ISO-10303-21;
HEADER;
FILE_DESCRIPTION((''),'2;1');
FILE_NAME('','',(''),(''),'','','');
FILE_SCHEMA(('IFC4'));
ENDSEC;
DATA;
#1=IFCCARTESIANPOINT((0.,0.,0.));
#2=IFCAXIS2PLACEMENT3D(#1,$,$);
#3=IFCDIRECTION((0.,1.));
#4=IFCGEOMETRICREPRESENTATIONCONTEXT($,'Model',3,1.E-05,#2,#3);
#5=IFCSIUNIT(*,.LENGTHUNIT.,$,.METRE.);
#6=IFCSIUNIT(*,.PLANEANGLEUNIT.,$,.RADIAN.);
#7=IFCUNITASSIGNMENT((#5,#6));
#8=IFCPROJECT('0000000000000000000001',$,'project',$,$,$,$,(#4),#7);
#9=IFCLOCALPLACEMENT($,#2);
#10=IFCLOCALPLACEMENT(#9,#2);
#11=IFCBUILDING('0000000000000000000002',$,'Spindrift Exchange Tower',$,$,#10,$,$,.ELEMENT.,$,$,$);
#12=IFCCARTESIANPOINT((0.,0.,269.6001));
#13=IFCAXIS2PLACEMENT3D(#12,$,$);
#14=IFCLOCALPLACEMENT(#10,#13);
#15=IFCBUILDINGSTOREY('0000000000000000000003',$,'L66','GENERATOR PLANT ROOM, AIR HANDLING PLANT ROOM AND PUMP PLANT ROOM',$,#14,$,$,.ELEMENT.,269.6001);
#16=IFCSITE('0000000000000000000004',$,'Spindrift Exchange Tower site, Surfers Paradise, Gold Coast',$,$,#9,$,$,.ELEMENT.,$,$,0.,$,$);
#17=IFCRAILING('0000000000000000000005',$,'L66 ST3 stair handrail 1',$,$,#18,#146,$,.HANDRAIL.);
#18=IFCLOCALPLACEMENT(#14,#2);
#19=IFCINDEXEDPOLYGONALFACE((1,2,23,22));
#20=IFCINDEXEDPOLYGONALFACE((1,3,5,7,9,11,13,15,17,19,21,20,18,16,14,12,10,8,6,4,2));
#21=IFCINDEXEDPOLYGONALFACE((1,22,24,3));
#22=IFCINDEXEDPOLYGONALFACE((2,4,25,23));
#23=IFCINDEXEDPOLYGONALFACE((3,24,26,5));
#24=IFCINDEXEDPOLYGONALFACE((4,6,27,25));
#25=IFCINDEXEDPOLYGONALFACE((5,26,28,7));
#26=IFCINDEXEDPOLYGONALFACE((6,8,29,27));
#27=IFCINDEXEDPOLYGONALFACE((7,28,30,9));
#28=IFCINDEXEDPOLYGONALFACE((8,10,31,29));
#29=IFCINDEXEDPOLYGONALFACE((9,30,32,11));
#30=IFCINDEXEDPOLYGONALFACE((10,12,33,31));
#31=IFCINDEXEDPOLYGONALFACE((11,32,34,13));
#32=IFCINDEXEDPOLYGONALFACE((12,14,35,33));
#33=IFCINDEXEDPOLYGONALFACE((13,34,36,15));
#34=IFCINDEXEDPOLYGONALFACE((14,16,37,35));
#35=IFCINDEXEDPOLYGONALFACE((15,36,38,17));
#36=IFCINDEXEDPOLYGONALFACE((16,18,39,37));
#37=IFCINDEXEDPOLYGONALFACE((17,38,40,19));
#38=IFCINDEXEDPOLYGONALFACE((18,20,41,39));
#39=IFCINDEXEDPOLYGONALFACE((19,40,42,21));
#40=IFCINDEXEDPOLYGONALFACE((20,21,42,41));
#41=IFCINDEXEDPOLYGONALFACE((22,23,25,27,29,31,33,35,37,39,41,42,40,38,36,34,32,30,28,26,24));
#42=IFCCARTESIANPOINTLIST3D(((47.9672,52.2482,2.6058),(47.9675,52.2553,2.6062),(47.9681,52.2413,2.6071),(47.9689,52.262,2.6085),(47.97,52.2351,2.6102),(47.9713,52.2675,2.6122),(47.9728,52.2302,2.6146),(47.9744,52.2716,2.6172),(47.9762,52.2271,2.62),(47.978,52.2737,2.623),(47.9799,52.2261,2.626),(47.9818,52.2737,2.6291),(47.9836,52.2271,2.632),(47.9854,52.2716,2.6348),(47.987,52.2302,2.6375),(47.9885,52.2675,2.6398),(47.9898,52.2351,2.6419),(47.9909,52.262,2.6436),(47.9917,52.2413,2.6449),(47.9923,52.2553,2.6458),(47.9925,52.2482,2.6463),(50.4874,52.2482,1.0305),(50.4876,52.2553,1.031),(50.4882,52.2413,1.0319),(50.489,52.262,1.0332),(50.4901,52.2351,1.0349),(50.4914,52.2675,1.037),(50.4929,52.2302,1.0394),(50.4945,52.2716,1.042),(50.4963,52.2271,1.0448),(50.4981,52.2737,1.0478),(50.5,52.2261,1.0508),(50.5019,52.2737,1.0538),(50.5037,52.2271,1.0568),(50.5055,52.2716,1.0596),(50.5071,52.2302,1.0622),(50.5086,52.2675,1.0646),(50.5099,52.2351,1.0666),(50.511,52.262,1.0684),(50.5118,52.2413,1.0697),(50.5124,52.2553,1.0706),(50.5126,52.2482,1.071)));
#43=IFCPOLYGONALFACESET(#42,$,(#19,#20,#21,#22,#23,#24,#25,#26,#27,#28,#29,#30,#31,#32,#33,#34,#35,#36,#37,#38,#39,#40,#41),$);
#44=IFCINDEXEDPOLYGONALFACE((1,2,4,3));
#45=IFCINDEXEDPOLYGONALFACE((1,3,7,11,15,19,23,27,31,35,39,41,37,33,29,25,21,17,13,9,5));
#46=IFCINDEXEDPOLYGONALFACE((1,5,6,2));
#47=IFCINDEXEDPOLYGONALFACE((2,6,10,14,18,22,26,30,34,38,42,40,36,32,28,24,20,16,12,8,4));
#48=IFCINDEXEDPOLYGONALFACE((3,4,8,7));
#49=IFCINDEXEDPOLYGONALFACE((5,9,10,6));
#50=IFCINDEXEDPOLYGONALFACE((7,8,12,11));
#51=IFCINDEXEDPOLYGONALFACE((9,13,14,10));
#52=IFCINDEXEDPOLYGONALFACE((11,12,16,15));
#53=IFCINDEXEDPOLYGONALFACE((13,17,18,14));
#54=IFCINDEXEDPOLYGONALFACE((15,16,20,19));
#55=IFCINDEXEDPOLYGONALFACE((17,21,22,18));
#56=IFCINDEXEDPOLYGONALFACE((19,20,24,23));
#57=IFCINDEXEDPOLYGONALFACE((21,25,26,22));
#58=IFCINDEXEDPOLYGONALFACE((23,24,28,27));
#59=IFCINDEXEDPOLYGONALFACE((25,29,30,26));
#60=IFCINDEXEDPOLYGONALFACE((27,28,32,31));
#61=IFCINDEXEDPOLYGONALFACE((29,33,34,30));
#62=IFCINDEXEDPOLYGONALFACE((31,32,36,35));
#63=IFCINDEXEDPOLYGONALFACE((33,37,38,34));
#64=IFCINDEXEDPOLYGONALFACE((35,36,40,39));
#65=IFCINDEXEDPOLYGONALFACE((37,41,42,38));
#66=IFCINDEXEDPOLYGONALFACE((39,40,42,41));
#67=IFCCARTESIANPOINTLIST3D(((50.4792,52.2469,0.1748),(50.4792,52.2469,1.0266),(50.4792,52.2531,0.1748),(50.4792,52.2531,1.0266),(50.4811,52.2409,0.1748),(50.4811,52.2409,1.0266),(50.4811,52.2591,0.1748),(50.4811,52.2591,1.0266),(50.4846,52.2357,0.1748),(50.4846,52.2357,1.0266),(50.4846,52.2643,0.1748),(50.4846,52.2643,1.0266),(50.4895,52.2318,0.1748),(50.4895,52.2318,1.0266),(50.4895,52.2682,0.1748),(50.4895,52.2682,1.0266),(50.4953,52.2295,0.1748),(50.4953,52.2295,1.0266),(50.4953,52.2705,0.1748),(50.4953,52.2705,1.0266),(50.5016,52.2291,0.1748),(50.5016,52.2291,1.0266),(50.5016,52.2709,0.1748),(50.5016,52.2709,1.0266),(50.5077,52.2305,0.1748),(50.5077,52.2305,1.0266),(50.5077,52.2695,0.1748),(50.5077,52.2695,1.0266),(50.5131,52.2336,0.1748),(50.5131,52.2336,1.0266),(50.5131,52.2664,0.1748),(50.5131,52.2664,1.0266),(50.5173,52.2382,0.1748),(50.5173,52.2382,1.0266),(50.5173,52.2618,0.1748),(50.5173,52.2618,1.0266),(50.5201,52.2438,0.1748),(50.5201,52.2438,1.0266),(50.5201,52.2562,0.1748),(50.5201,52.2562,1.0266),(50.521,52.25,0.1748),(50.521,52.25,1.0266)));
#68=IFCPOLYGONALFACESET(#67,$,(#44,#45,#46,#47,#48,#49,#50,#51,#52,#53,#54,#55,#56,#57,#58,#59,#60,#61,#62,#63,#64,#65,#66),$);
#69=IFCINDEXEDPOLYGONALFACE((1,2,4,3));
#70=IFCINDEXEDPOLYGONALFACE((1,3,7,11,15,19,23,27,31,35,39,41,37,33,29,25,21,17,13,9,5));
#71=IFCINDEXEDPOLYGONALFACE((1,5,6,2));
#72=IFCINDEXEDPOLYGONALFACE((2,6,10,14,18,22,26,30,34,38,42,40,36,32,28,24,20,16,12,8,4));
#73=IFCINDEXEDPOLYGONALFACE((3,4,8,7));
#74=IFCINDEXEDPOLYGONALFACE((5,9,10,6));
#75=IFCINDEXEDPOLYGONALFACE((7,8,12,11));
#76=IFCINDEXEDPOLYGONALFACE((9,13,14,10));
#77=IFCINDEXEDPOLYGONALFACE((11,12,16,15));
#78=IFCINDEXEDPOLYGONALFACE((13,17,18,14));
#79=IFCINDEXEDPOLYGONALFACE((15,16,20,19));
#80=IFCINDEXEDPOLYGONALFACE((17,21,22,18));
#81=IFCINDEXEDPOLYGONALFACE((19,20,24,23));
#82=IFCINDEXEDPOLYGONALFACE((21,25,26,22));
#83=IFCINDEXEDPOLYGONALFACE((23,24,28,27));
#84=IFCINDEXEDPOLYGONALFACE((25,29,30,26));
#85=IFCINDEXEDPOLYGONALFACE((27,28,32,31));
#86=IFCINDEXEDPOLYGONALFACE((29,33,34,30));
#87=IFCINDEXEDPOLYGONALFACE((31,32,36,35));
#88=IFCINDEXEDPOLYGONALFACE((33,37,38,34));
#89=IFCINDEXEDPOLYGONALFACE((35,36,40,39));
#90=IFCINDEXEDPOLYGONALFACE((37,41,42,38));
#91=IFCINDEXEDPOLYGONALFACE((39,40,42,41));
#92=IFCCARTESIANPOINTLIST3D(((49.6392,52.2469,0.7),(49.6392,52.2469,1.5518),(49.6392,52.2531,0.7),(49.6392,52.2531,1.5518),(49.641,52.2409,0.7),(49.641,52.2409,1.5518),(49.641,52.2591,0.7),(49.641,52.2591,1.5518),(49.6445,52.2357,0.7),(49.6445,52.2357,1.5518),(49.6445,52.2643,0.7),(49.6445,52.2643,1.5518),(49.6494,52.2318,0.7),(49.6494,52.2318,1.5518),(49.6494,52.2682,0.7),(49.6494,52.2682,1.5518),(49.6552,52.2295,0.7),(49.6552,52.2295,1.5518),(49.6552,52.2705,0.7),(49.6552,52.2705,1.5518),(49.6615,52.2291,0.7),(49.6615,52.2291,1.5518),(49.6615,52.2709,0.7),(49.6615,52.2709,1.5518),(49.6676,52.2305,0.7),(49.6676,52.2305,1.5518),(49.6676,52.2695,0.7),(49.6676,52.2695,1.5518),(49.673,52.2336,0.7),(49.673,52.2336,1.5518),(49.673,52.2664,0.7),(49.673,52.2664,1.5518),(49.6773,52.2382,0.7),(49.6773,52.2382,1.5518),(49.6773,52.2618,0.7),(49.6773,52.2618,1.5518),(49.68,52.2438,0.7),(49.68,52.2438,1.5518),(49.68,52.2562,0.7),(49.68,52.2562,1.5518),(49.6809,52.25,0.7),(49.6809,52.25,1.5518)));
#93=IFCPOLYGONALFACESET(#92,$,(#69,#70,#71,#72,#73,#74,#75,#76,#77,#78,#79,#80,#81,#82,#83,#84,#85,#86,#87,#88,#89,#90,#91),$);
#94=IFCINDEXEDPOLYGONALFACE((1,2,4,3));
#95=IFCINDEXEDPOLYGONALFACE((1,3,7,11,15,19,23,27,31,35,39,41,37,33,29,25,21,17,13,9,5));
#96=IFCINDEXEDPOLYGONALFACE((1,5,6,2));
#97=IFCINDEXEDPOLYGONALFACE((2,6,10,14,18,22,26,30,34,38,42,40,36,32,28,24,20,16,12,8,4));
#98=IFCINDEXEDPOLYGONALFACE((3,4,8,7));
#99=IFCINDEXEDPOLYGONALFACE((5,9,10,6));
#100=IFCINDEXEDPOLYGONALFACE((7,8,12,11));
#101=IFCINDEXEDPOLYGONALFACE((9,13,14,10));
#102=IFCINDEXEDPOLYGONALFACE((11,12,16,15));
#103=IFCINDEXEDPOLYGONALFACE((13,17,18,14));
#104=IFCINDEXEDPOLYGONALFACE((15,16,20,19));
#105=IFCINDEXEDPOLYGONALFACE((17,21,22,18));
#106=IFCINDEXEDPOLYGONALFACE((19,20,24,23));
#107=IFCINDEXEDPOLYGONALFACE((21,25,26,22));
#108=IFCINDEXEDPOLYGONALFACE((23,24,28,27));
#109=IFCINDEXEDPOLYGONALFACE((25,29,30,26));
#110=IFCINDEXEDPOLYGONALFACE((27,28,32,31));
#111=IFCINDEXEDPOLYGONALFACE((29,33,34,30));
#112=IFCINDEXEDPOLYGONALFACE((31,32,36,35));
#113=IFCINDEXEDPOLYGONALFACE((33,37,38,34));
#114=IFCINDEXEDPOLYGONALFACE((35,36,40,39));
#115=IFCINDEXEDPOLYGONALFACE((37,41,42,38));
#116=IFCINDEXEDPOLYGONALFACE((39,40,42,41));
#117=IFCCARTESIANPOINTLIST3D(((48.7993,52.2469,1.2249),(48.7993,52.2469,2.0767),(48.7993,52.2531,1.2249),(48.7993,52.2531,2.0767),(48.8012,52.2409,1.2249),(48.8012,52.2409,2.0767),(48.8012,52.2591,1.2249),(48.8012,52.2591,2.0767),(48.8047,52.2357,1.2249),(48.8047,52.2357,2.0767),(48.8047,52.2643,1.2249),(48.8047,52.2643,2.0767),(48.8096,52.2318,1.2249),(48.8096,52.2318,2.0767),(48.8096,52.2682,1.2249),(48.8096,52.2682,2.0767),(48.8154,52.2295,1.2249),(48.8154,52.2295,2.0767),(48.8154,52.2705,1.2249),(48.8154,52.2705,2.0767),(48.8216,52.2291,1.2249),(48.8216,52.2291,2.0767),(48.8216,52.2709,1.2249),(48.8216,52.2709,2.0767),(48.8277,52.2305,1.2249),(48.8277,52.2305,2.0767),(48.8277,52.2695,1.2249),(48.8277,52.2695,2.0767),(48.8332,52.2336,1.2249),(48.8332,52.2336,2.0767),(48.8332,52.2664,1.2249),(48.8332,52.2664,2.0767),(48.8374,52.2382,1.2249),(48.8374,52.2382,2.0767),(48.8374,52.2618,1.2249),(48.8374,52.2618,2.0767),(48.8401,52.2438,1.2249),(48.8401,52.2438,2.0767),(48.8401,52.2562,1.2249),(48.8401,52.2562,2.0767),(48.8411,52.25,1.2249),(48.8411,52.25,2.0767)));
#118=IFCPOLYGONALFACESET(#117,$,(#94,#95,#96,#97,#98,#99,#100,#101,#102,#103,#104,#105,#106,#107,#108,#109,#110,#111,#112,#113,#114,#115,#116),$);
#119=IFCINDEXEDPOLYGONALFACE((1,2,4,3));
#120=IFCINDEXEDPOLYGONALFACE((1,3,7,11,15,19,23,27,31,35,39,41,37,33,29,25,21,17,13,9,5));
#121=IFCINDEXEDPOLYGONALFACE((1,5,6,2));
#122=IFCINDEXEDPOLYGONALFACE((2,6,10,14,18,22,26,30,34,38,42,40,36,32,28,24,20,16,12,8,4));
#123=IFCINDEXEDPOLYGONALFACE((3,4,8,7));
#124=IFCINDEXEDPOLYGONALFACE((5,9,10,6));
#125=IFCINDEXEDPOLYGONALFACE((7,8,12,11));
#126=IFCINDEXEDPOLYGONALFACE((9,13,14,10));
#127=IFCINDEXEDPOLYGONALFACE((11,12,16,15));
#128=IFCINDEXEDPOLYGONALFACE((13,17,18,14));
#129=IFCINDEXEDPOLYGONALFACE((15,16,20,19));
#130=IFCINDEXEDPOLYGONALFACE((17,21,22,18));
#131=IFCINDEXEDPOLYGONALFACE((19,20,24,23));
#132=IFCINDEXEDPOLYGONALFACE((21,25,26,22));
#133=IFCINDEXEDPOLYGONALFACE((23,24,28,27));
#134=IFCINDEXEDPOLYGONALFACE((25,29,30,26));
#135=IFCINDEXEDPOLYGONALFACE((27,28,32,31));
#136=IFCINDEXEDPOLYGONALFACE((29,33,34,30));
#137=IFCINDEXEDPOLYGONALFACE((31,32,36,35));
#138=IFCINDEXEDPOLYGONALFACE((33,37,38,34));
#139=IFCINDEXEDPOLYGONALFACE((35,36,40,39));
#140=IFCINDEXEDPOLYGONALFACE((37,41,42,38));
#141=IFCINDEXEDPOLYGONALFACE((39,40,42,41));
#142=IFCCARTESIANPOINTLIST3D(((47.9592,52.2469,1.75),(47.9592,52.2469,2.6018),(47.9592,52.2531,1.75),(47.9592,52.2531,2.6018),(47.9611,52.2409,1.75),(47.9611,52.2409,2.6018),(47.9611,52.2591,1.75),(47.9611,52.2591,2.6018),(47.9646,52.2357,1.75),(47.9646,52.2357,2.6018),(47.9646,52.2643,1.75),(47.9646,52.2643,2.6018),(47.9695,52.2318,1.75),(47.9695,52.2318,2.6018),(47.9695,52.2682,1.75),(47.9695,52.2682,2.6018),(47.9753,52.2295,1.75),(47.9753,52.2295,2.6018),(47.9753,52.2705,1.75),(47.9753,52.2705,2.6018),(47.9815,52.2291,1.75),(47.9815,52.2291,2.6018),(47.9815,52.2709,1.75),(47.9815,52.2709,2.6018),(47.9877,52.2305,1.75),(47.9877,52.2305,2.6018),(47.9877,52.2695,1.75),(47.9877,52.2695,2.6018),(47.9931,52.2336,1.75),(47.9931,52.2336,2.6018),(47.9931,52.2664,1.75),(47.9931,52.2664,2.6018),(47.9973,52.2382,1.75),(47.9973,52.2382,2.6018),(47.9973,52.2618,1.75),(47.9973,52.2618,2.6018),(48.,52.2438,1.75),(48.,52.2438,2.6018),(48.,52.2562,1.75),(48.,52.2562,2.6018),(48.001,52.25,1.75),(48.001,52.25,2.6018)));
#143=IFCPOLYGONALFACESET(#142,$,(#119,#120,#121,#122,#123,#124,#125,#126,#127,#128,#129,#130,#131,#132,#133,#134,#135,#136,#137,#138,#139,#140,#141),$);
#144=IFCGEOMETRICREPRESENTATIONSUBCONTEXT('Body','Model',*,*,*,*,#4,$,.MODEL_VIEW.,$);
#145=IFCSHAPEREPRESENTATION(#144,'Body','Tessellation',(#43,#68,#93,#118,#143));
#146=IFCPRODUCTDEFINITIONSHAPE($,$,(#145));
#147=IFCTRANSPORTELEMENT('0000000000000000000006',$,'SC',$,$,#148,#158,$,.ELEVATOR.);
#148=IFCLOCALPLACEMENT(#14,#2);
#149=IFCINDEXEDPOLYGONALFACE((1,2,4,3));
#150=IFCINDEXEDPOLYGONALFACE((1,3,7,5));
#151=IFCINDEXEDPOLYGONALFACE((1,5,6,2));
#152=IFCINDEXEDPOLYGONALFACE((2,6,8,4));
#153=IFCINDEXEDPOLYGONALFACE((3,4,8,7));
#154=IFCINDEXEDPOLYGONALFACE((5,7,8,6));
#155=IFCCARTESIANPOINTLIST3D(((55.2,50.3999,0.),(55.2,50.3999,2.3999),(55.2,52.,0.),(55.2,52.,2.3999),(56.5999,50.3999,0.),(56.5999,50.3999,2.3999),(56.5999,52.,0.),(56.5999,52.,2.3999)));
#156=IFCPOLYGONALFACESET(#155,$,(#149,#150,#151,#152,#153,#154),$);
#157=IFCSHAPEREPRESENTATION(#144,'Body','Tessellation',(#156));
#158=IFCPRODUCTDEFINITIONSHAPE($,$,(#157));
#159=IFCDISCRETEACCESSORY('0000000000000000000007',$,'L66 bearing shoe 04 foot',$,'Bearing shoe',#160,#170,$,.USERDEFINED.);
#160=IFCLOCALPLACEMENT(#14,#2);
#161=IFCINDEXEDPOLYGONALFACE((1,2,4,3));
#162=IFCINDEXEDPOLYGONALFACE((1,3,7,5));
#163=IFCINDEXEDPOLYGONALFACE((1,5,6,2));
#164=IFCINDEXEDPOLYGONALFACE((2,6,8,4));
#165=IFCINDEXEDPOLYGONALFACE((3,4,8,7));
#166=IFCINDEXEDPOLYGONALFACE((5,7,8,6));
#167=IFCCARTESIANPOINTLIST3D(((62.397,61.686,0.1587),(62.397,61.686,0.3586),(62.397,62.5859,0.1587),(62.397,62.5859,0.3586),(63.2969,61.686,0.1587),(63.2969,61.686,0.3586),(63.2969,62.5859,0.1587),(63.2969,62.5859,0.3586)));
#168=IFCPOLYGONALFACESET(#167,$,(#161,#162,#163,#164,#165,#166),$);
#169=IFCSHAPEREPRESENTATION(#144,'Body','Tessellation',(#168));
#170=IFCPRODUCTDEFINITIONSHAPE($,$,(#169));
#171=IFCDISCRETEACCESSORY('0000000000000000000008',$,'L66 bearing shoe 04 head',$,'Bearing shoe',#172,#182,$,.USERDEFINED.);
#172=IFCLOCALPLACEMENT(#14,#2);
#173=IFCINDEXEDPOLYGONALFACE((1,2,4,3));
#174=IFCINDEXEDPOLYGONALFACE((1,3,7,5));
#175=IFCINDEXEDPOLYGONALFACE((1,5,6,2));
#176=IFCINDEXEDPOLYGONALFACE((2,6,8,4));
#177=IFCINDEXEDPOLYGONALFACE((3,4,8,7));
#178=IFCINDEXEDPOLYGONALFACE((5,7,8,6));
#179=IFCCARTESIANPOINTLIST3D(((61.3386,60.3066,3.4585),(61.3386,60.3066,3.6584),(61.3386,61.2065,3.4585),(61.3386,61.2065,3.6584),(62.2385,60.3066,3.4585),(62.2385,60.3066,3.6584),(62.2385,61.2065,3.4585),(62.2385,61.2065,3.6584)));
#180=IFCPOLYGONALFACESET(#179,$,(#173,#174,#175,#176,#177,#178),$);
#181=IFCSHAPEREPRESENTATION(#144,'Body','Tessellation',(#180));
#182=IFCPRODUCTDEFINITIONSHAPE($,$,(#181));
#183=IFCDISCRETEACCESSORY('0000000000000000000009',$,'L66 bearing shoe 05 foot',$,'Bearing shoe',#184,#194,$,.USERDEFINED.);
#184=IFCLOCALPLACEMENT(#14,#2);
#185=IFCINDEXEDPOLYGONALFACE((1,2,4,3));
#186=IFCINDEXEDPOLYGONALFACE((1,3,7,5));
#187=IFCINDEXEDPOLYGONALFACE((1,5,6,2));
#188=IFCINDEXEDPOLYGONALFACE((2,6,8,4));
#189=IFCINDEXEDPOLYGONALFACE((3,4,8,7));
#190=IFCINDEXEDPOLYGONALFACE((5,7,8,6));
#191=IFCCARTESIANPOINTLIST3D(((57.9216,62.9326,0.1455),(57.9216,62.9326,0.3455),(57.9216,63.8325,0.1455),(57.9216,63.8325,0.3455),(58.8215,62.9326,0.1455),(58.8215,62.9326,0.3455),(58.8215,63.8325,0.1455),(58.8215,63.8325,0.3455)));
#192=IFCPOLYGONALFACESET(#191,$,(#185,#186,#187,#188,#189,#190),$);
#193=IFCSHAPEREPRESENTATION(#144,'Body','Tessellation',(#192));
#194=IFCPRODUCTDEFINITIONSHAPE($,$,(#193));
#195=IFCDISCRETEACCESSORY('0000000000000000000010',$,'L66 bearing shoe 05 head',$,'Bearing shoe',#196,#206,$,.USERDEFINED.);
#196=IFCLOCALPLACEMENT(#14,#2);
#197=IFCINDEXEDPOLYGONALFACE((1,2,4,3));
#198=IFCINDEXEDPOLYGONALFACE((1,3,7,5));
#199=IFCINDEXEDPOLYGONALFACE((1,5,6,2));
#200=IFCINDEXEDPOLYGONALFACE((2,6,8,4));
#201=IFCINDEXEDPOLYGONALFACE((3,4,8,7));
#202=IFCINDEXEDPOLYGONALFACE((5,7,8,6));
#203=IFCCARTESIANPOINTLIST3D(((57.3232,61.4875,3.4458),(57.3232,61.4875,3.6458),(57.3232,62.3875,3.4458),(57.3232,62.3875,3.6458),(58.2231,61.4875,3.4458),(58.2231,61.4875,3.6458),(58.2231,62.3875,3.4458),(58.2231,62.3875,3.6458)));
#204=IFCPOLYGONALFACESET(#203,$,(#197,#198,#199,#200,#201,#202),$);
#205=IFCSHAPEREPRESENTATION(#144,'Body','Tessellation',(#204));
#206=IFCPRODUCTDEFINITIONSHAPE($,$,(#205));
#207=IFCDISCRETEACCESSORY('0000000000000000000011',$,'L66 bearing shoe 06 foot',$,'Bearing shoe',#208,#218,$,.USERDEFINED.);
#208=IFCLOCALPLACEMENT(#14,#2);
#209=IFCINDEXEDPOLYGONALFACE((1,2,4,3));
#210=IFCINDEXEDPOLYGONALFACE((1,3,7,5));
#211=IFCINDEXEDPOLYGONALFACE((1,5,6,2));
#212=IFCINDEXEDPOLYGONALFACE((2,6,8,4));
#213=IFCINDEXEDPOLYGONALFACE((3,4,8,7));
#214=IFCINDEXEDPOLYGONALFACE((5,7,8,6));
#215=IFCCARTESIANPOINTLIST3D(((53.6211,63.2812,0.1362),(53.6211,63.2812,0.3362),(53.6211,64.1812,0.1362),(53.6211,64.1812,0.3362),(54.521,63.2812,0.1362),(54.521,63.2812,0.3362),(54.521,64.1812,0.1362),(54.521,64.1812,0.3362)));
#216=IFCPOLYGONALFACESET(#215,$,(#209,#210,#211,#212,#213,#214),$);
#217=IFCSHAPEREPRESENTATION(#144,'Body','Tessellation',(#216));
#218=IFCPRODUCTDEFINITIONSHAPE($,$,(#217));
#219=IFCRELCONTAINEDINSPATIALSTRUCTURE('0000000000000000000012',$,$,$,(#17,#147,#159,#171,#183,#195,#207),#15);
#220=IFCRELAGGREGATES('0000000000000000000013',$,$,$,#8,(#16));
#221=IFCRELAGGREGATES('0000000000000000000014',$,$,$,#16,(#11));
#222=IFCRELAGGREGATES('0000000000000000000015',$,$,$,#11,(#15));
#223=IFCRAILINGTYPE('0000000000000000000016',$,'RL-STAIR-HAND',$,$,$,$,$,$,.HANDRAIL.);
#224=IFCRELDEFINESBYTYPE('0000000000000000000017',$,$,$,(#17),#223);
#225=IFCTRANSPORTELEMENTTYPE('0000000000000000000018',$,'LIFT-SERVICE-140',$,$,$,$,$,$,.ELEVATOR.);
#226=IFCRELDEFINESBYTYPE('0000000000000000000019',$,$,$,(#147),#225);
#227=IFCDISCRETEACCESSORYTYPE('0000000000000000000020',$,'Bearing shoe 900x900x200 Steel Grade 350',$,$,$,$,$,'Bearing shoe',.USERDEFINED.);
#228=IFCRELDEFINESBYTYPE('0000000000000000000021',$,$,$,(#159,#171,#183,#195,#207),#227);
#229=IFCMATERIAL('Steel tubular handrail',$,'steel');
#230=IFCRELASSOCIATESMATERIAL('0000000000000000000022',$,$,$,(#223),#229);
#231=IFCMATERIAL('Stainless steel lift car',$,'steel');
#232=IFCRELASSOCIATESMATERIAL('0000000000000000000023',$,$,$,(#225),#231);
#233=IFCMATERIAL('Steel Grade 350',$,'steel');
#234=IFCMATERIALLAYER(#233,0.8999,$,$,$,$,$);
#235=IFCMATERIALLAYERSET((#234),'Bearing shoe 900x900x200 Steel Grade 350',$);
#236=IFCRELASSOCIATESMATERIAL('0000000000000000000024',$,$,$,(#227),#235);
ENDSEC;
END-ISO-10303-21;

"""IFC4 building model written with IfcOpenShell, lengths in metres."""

from ifc_helpers import new_model, si_unit, direction, frame, origin, origin_2d, place, context, subcontext, project, spatial, rectangle, circle, extrude, source, transform, mapped, material, layer, layer_set, type_object, element, save


model = new_model("IFC4")

# Units and contexts
model_context = context("Model", 3, precision=1e-05, world=origin(), true_north=direction((0.0, 1.0)))
body_context = subcontext(model_context, "Body", "Model", "MODEL_VIEW")
ifc_project = project(units=[si_unit("LENGTHUNIT", "METRE"), si_unit("PLANEANGLEUNIT", "RADIAN")], contexts=[model_context])

# Site, building, storey
site_placement = place(None, origin())
site = spatial("IfcSite", under=ifc_project, at=site_placement, Name="Spindrift Exchange Tower site, Surfers Paradise, Gold Coast", CompositionType="ELEMENT", RefElevation=0.0)
building_placement = place(site_placement, origin())
building = spatial("IfcBuilding", under=site, at=building_placement, Name="Spindrift Exchange Tower", CompositionType="ELEMENT")
storey_placement = place(building_placement, frame((0.0, 0.0, 269.6001)))
storey = spatial("IfcBuildingStorey", under=building, at=storey_placement, Name="L66", Description="GENERATOR PLANT ROOM, AIR HANDLING PLANT ROOM AND PUMP PLANT ROOM", CompositionType="ELEMENT", Elevation=269.6001)

# Railing
ifc_material_1 = material(Name="Steel tubular handrail", Category="steel")
railing_type_1 = type_object("IfcRailingType", Name="RL-STAIR-HAND", PredefinedType="HANDRAIL", material=ifc_material_1)
railing_1_placement = place(storey_placement, frame((50.5, 52.25, 0.1748)))
element("IfcRailing", 1, at=railing_1_placement, inside=storey, type_object=railing_type_1, Name="L66 ST3 stair handrail 1", PredefinedType="HANDRAIL", context=body_context, shape_type="SweptSolid", body=[
    extrude(circle(Radius=0.0239, at=origin_2d()), frame((0.0, 0.0, 0.876), z_axis=(-0.847971, 0.0, 0.530043), x_axis=(0.0, -1.0, 0.0)), (0.0, 0.0, 1.0), 2.9719),
    extrude(circle(Radius=0.021, at=origin_2d()), origin(), (0.0, 0.0, 1.0), 0.8518),
    extrude(circle(Radius=0.021, at=origin_2d()), frame((-0.8401, 0.0, 0.5251)), (0.0, 0.0, 1.0), 0.8518),
    extrude(circle(Radius=0.021, at=origin_2d()), frame((-1.6799, 0.0, 1.05)), (0.0, 0.0, 1.0), 0.8518),
    extrude(circle(Radius=0.021, at=origin_2d()), frame((-2.52, 0.0, 1.5752)), (0.0, 0.0, 1.0), 0.8518),
])

# Transport element
ifc_material_2 = material(Name="Stainless steel lift car", Category="steel")
transport_element_type = type_object("IfcTransportElementType", Name="LIFT-SERVICE-140", PredefinedType="ELEVATOR", material=ifc_material_2)
shared_shape_1 = source(origin(), body_context, "Body", "SweptSolid", [
    extrude(rectangle(XDim=1.3999, YDim=1.6001, at=origin_2d()), origin(), (0.0, 0.0, 1.0), 2.3999),
])
transport_element_placement = place(storey_placement, frame((55.8999, 51.2, 0.0), z_axis=(0.0, 0.0, 1.0), x_axis=(1.0, 0.0, 0.0)))
element("IfcTransportElement", 2, at=transport_element_placement, inside=storey, type_object=transport_element_type, Name="SC", PredefinedType="ELEVATOR", context=body_context, shape_type="MappedRepresentation", body=[
    mapped(shared_shape_1, transform((0.0, 0.0, 0.0), scale=1.0)),
])

# Discrete accessories
ifc_material_3 = material(Name="Steel Grade 350", Category="steel")
ifc_layer_1 = layer(ifc_material_3, 0.8999)
ifc_layer_set_1 = layer_set([ifc_layer_1], Name="Bearing shoe 900x900x200 Steel Grade 350")
discrete_accessory_type = type_object("IfcDiscreteAccessoryType", Name="Bearing shoe 900x900x200 Steel Grade 350", ElementType="Bearing shoe", PredefinedType="USERDEFINED", material=ifc_layer_set_1)
shared_shape_2 = source(origin(), body_context, "Body", "SweptSolid", [
    extrude(rectangle(XDim=0.8999, YDim=0.8999, at=origin_2d()), origin(), (0.0, 0.0, 1.0), 0.2),
])
for number, where, z_axis, x_axis, name in (
    (3, (62.8469, 62.136, 0.1587), (0.0, 0.0, 1.0), (1.0, 0.0, 0.0), "L66 bearing shoe 04 foot"),
    (4, (61.7886, 60.7566, 3.4585), (0.0, 0.0, 1.0), (1.0, 0.0, 0.0), "L66 bearing shoe 04 head"),
    (5, (58.3716, 63.3826, 0.1455), (0.0, 0.0, 1.0), (1.0, 0.0, 0.0), "L66 bearing shoe 05 foot"),
    (6, (57.7732, 61.9375, 3.4458), (0.0, 0.0, 1.0), (1.0, 0.0, 0.0), "L66 bearing shoe 05 head"),
    (7, (54.071, 63.7312, 0.1362), (0.0, 0.0, 1.0), (1.0, 0.0, 0.0), "L66 bearing shoe 06 foot"),
):
    element("IfcDiscreteAccessory", number, at=place(storey_placement, frame(where, z_axis=z_axis, x_axis=x_axis)), inside=storey, type_object=discrete_accessory_type, Name=name, ObjectType="Bearing shoe", PredefinedType="USERDEFINED", context=body_context, shape_type="MappedRepresentation", body=[
        mapped(shared_shape_2, transform((0.0, 0.0, 0.0), scale=1.0)),
    ])

save(model, "model.ifc")
